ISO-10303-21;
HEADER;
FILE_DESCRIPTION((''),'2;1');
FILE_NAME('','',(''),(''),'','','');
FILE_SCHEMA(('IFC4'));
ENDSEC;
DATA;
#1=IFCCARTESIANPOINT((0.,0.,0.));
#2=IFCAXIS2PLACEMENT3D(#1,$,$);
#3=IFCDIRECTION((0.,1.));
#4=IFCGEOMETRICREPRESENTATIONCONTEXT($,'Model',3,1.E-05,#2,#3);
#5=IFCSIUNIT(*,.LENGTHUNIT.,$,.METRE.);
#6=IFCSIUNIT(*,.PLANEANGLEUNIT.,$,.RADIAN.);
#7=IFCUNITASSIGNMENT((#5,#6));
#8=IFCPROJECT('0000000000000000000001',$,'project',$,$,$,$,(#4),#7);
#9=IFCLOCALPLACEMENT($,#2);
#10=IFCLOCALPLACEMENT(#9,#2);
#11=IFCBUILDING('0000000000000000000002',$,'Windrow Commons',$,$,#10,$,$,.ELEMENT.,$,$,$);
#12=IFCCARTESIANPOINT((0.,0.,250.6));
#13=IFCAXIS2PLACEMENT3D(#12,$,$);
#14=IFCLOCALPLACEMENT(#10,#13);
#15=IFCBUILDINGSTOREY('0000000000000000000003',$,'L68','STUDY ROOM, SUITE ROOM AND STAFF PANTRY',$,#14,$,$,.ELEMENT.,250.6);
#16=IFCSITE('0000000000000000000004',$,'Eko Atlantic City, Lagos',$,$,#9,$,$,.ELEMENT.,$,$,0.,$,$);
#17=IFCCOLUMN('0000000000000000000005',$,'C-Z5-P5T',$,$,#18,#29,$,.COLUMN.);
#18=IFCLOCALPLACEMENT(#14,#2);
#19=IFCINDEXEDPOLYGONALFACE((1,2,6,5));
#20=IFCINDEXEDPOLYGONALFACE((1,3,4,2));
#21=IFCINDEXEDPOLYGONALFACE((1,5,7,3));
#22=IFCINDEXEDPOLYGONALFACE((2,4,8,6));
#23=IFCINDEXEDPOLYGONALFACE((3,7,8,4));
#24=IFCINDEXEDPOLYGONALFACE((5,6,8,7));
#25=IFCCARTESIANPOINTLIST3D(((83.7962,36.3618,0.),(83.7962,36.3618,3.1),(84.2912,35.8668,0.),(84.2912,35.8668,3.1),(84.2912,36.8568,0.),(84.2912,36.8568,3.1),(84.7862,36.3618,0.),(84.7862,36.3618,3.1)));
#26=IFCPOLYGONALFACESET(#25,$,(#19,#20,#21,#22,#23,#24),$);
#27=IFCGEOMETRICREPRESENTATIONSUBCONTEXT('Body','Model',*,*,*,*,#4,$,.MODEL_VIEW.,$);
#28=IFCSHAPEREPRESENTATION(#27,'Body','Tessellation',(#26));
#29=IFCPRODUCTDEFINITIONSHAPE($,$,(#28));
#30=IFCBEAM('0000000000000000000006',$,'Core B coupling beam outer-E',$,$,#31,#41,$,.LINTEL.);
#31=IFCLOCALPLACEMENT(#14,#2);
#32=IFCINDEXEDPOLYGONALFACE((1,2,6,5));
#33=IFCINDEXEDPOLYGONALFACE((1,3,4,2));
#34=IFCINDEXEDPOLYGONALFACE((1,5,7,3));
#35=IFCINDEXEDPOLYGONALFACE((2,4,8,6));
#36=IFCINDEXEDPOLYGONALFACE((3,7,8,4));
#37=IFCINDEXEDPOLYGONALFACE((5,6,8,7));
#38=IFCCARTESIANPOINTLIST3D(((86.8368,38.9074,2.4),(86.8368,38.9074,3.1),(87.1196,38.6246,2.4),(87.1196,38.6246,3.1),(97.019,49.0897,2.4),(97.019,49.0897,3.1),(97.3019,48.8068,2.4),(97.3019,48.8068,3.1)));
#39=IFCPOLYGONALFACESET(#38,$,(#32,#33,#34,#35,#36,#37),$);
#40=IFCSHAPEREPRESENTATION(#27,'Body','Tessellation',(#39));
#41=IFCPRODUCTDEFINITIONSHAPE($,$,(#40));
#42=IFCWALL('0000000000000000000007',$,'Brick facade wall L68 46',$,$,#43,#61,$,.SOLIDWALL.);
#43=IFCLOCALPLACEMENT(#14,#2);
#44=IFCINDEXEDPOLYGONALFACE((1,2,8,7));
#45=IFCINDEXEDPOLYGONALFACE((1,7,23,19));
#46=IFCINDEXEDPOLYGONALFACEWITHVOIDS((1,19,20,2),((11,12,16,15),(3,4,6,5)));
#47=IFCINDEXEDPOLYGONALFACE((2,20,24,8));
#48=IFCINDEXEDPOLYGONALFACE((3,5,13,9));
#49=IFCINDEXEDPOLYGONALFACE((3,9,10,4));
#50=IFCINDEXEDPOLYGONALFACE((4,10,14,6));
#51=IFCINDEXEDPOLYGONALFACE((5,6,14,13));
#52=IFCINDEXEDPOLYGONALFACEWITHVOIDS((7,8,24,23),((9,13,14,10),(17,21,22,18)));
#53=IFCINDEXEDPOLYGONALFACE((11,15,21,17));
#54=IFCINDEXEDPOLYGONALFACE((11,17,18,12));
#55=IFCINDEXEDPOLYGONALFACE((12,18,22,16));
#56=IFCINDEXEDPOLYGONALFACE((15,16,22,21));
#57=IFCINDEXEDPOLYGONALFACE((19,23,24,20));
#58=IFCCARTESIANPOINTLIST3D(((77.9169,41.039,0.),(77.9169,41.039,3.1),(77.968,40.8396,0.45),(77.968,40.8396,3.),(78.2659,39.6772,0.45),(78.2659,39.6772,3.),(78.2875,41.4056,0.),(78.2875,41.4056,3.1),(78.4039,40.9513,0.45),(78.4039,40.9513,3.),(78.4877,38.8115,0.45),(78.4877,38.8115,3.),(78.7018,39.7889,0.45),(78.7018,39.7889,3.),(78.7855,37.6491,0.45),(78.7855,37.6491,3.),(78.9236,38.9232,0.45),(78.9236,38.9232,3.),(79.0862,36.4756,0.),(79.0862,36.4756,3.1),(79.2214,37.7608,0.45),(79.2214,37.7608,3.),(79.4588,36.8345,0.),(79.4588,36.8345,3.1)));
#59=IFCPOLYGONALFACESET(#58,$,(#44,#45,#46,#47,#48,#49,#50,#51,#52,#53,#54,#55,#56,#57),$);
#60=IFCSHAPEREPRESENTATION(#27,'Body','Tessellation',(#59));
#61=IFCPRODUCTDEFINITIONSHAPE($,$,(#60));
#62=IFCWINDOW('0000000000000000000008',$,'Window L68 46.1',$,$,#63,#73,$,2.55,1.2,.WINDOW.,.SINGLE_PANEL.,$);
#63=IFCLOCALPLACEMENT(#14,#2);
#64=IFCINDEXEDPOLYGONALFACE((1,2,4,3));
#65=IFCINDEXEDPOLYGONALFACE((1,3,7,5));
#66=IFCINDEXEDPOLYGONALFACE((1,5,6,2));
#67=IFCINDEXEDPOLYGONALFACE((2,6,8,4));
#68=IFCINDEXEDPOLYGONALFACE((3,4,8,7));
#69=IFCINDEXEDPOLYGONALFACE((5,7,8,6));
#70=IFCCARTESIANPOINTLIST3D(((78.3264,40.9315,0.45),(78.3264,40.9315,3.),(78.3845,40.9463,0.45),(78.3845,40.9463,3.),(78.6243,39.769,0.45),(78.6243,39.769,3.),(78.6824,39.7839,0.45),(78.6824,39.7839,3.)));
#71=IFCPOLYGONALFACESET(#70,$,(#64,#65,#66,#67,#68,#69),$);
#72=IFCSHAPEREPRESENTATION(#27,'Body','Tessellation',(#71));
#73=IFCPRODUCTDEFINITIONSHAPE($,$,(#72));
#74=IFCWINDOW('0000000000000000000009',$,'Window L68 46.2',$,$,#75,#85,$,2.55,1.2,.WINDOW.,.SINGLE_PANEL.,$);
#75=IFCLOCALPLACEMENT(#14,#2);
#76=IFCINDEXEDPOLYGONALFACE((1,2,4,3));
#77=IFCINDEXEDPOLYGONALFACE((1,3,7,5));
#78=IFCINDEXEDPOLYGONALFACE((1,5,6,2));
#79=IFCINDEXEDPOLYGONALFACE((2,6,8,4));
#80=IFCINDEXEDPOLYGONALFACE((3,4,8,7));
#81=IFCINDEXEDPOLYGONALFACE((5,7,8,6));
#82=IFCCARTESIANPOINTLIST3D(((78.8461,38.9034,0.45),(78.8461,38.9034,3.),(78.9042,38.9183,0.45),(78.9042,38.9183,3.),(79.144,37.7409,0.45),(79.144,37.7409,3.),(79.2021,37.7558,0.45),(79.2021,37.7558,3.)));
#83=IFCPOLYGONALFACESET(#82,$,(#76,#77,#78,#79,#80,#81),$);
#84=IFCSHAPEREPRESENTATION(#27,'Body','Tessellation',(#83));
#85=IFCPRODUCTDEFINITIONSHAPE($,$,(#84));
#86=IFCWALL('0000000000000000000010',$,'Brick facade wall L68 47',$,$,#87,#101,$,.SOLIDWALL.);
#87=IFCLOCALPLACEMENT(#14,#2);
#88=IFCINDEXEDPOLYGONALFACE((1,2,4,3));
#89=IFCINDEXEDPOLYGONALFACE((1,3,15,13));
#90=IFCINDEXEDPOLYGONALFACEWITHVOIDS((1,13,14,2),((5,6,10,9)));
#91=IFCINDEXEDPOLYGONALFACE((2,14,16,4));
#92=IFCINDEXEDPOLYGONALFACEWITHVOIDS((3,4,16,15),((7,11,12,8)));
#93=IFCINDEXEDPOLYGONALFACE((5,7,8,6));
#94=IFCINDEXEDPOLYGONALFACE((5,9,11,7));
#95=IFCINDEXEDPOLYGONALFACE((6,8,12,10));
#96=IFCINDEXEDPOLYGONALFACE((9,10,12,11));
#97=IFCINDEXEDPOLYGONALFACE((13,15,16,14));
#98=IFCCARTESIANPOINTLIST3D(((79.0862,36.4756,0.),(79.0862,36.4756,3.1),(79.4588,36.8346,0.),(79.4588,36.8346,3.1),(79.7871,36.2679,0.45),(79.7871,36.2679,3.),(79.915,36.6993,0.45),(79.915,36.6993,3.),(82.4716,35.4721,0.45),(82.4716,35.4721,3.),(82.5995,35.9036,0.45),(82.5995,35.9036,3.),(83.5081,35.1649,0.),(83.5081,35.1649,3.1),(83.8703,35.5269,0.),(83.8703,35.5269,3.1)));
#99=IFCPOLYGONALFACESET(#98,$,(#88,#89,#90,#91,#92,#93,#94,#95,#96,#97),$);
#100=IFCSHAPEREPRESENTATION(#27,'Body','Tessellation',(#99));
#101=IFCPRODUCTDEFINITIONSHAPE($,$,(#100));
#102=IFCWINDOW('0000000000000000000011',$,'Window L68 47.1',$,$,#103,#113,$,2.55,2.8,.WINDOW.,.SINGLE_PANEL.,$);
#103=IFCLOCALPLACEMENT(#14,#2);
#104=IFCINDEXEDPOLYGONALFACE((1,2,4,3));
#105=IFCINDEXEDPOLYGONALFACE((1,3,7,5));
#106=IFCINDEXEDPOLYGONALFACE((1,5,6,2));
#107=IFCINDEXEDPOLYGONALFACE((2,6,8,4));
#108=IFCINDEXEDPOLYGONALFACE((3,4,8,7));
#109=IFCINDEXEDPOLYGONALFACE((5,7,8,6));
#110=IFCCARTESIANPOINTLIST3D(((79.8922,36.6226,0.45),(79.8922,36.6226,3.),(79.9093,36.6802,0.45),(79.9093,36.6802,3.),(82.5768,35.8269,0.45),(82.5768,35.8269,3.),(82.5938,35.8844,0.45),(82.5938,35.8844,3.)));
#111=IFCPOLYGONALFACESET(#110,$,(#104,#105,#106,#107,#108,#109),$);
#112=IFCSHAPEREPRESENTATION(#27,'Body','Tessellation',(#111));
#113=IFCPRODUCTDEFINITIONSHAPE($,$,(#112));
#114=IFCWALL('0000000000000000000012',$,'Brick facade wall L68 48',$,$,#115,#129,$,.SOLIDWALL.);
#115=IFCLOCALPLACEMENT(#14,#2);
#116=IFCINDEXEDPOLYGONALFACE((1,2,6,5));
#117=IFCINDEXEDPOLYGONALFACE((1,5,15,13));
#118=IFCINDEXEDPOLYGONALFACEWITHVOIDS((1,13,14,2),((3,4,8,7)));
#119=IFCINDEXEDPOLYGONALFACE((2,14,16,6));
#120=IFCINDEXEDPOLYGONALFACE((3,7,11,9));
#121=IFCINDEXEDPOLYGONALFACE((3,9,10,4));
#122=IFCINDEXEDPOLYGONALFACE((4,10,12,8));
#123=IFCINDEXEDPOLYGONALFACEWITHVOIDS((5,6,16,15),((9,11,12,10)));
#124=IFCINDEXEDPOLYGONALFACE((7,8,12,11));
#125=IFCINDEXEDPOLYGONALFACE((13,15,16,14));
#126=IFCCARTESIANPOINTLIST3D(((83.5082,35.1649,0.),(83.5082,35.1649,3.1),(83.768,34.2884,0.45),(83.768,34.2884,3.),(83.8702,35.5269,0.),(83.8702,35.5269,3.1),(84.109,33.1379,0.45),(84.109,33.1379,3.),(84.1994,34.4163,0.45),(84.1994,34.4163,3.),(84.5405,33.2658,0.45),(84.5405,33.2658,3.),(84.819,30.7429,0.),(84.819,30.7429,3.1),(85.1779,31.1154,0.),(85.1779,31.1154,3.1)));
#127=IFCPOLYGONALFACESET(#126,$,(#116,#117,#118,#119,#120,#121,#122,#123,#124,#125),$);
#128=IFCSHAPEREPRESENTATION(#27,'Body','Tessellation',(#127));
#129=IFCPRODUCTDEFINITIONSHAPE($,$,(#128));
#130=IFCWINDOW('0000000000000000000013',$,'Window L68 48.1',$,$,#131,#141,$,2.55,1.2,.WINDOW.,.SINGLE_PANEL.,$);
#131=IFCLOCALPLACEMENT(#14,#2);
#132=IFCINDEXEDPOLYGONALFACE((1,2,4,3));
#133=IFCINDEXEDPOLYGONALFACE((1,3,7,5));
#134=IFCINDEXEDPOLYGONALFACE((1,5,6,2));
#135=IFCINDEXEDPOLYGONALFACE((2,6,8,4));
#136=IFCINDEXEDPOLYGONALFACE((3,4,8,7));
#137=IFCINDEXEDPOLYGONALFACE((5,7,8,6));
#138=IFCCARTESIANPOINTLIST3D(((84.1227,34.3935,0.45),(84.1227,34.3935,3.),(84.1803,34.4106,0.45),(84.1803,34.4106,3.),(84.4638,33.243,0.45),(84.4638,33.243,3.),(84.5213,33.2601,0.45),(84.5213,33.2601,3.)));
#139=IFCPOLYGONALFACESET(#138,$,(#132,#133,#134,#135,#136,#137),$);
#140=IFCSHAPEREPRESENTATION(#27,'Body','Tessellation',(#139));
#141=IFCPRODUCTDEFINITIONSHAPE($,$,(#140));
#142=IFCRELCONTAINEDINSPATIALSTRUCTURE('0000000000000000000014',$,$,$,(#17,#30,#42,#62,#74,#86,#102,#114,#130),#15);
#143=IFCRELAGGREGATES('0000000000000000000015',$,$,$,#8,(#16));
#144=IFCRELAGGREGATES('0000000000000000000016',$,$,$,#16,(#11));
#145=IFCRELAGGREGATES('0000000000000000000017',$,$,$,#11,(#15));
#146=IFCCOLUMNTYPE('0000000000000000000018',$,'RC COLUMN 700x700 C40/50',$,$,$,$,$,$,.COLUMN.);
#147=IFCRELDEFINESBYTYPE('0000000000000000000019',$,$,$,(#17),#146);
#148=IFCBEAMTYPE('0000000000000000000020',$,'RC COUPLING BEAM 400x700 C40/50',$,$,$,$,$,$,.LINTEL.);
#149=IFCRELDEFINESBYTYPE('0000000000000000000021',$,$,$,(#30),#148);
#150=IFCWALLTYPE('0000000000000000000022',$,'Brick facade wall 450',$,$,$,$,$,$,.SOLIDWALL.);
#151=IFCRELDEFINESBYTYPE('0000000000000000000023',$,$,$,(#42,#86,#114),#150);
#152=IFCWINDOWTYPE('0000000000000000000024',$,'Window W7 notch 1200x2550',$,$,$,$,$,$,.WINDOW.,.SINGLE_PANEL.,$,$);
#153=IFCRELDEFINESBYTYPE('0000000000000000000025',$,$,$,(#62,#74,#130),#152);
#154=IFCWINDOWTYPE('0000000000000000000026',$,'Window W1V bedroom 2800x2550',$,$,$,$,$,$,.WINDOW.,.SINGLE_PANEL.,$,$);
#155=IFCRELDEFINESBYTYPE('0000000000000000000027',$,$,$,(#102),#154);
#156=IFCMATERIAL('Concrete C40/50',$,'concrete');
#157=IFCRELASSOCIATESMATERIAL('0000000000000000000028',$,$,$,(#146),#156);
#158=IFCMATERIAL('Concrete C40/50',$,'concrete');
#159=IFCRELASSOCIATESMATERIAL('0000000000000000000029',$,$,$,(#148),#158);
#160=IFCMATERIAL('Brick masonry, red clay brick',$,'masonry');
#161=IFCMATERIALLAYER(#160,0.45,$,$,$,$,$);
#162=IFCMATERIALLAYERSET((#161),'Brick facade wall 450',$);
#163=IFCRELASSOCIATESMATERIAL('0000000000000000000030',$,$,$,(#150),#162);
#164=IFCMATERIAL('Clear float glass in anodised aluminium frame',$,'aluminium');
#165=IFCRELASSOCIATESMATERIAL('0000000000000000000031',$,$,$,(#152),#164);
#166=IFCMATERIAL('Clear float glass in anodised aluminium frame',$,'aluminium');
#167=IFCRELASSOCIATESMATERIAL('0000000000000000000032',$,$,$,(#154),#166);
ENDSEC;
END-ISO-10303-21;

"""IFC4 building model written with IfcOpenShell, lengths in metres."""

from ifc_helpers import new_model, si_unit, direction, frame, frame_2d, origin, origin_2d, place, context, subcontext, project, spatial, polyline, rectangle, outline, extrude, material, layer, layer_set, material_profile, profile_set, type_object, element, fill, save


model = new_model("IFC4")

# Units and contexts
model_context = context("Model", 3, precision=1e-05, world=origin(), true_north=direction((0.0, 1.0)))
body_context = subcontext(model_context, "Body", "Model", "MODEL_VIEW")
ifc_project = project(units=[si_unit("LENGTHUNIT", "METRE"), si_unit("PLANEANGLEUNIT", "RADIAN")], contexts=[model_context])

# Site, building, storey
site_placement = place(None, origin())
site = spatial("IfcSite", under=ifc_project, at=site_placement, Name="Eko Atlantic City, Lagos", CompositionType="ELEMENT", RefElevation=0.0)
building_placement = place(site_placement, origin())
building = spatial("IfcBuilding", under=site, at=building_placement, Name="Windrow Commons", CompositionType="ELEMENT")
storey_placement = place(building_placement, frame((0.0, 0.0, 250.6)))
storey = spatial("IfcBuildingStorey", under=building, at=storey_placement, Name="L68", Description="STUDY ROOM, SUITE ROOM AND STAFF PANTRY", CompositionType="ELEMENT", Elevation=250.6)

# Column
ifc_material_1 = material(Name="Concrete C40/50", Category="concrete")
ifc_material_profile_1 = material_profile(ifc_material_1, rectangle(XDim=0.7, YDim=0.7, at=origin_2d()))
ifc_profile_set_1 = profile_set([ifc_material_profile_1], Name="Concrete C40/50")
column_type = type_object("IfcColumnType", Name="RC COLUMN 700x700 C40/50", PredefinedType="COLUMN", material=ifc_profile_set_1)
column_placement = place(storey_placement, frame((84.2912, 36.3618, 0.0), z_axis=(0.0, 0.0, 1.0), x_axis=(0.707107, -0.707107, 0.0)))
element("IfcColumn", 1, at=column_placement, inside=storey, type_object=column_type, Name="C-Z5-P5T", PredefinedType="COLUMN", context=body_context, shape_type="SweptSolid", body=[
    extrude(rectangle(XDim=0.7, YDim=0.7, at=origin_2d()), origin(), (0.0, 0.0, 1.0), 3.1),
])

# Beam
ifc_material_2 = material(Name="Concrete C40/50", Category="concrete")
ifc_material_profile_2 = material_profile(ifc_material_2, rectangle(XDim=0.4, YDim=0.7, at=origin_2d()))
ifc_profile_set_2 = profile_set([ifc_material_profile_2], Name="Concrete C40/50")
beam_type = type_object("IfcBeamType", Name="RC COUPLING BEAM 400x700 C40/50", PredefinedType="LINTEL", material=ifc_profile_set_2)
beam_placement = place(storey_placement, frame((86.9782, 38.766, 2.75), z_axis=(0.707107, 0.707107, 0.0), x_axis=(-0.707107, 0.707107, 0.0)))
element("IfcBeam", 2, at=beam_placement, inside=storey, type_object=beam_type, Name="Core B coupling beam outer-E", PredefinedType="LINTEL", context=body_context, shape_type="SweptSolid", body=[
    extrude(rectangle(XDim=0.4, YDim=0.7, at=origin_2d()), origin(), (0.0, 0.0, 1.0), 14.3999),
])

# Wall, openings, windows
ifc_material_3 = material(Name="Brick masonry, red clay brick", Category="masonry")
ifc_layer_1 = layer(ifc_material_3, 0.45)
ifc_layer_set_1 = layer_set([ifc_layer_1], Name="Brick facade wall 450")
wall_type_1 = type_object("IfcWallType", Name="Brick facade wall 450", PredefinedType="SOLIDWALL", material=ifc_layer_set_1)
wall_1_placement = place(storey_placement, frame((78.1022, 41.2223, 0.0), z_axis=(0.0, 0.0, 1.0), x_axis=(0.248221, -0.968703, 0.0)))
wall_1 = element("IfcWall", 3, at=wall_1_placement, inside=storey, type_object=wall_type_1, Name="Brick facade wall L68 46", PredefinedType="SOLIDWALL", context=body_context, shape_type="SweptSolid", body=[
    extrude(outline(polyline([(0.1316, -0.225), (4.8424, -0.225), (4.5872, 0.225), (-0.1316, 0.225), (0.1316, -0.225)])), origin(), (0.0, 0.0, 1.0), 3.1),
])
opening_1_placement = place(wall_1_placement, frame((0.3374, 0.0, 0.45)))
opening_1 = element("IfcOpeningElement", 4, at=opening_1_placement, cuts=wall_1, PredefinedType="OPENING", context=body_context, shape_type="SweptSolid", body=[
    extrude(rectangle(XDim=1.2, YDim=2.55, at=frame_2d((0.6, 1.275))), frame((0.0, 0.235, 0.0), z_axis=(0.0, -1.0, 0.0), x_axis=(1.0, 0.0, 0.0)), (0.0, 0.0, 1.0), 0.47),
])
opening_2_placement = place(wall_1_placement, frame((2.431, 0.0, 0.45)))
opening_2 = element("IfcOpeningElement", 5, at=opening_2_placement, cuts=wall_1, PredefinedType="OPENING", context=body_context, shape_type="SweptSolid", body=[
    extrude(rectangle(XDim=1.2, YDim=2.55, at=frame_2d((0.6, 1.275))), frame((0.0, 0.235, 0.0), z_axis=(0.0, -1.0, 0.0), x_axis=(1.0, 0.0, 0.0)), (0.0, 0.0, 1.0), 0.47),
])
ifc_material_4 = material(Name="Clear float glass in anodised aluminium frame", Category="aluminium")
window_type_1 = type_object("IfcWindowType", Name="Window W7 notch 1200x2550", PartitioningType="SINGLE_PANEL", PredefinedType="WINDOW", material=ifc_material_4)
window_1_placement = place(opening_1_placement, origin())
window_1 = element("IfcWindow", 6, at=window_1_placement, inside=storey, type_object=window_type_1, Name="Window L68 46.1", OverallHeight=2.55, OverallWidth=1.2, PartitioningType="SINGLE_PANEL", PredefinedType="WINDOW", context=body_context, shape_type="SweptSolid", body=[
    extrude(rectangle(XDim=1.2, YDim=2.55, at=frame_2d((0.6, 1.275))), frame((0.0, 0.205, 0.0), z_axis=(0.0, -1.0, 0.0), x_axis=(1.0, 0.0, 0.0)), (0.0, 0.0, 1.0), 0.06),
])
fill(opening_1, window_1)
window_2_placement = place(opening_2_placement, origin())
window_2 = element("IfcWindow", 7, at=window_2_placement, inside=storey, type_object=window_type_1, Name="Window L68 46.2", OverallHeight=2.55, OverallWidth=1.2, PartitioningType="SINGLE_PANEL", PredefinedType="WINDOW", context=body_context, shape_type="SweptSolid", body=[
    extrude(rectangle(XDim=1.2, YDim=2.55, at=frame_2d((0.6, 1.275))), frame((0.0, 0.205, 0.0), z_axis=(0.0, -1.0, 0.0), x_axis=(1.0, 0.0, 0.0)), (0.0, 0.0, 1.0), 0.06),
])
fill(opening_2, window_2)

# Walls, openings, windows
wall_2_placement = place(storey_placement, frame((79.2725, 36.6551, 0.0), z_axis=(0.0, 0.0, 1.0), x_axis=(0.958766, -0.284198, 0.0)))
wall_2 = element("IfcWall", 8, at=wall_2_placement, inside=storey, type_object=wall_type_1, Name="Brick facade wall L68 47", PredefinedType="SOLIDWALL", context=body_context, shape_type="SweptSolid", body=[
    extrude(outline(polyline([(-0.1276, -0.225), (4.4845, -0.225), (4.7288, 0.225), (0.1276, 0.225), (-0.1276, -0.225)])), origin(), (0.0, 0.0, 1.0), 3.1),
])
opening_3_placement = place(wall_2_placement, frame((0.6034, 0.0, 0.45)))
opening_3 = element("IfcOpeningElement", 9, at=opening_3_placement, cuts=wall_2, PredefinedType="OPENING", context=body_context, shape_type="SweptSolid", body=[
    extrude(rectangle(XDim=2.8, YDim=2.55, at=frame_2d((1.4, 1.275))), frame((0.0, 0.235, 0.0), z_axis=(0.0, -1.0, 0.0), x_axis=(1.0, 0.0, 0.0)), (0.0, 0.0, 1.0), 0.47),
])
ifc_material_5 = material(Name="Clear float glass in anodised aluminium frame", Category="aluminium")
window_type_2 = type_object("IfcWindowType", Name="Window W1V bedroom 2800x2550", PartitioningType="SINGLE_PANEL", PredefinedType="WINDOW", material=ifc_material_5)
window_3_placement = place(opening_3_placement, origin())
window_3 = element("IfcWindow", 10, at=window_3_placement, inside=storey, type_object=window_type_2, Name="Window L68 47.1", OverallHeight=2.55, OverallWidth=2.8, PartitioningType="SINGLE_PANEL", PredefinedType="WINDOW", context=body_context, shape_type="SweptSolid", body=[
    extrude(rectangle(XDim=2.8, YDim=2.55, at=frame_2d((1.4, 1.275))), frame((0.0, 0.205, 0.0), z_axis=(0.0, -1.0, 0.0), x_axis=(1.0, 0.0, 0.0)), (0.0, 0.0, 1.0), 0.06),
])
fill(opening_3, window_3)
wall_3_placement = place(storey_placement, frame((83.6892, 35.3459, 0.0), z_axis=(0.0, 0.0, 1.0), x_axis=(0.284198, -0.958766, 0.0)))
wall_3 = element("IfcWall", 11, at=wall_3_placement, inside=storey, type_object=wall_type_1, Name="Brick facade wall L68 48", PredefinedType="SOLIDWALL", context=body_context, shape_type="SweptSolid", body=[
    extrude(outline(polyline([(0.1221, -0.225), (4.7343, -0.225), (4.4791, 0.225), (-0.1221, 0.225), (0.1221, -0.225)])), origin(), (0.0, 0.0, 1.0), 3.1),
])
opening_4_placement = place(wall_3_placement, frame((1.0363, 0.0, 0.45)))
opening_4 = element("IfcOpeningElement", 12, at=opening_4_placement, cuts=wall_3, PredefinedType="OPENING", context=body_context, shape_type="SweptSolid", body=[
    extrude(rectangle(XDim=1.2, YDim=2.55, at=frame_2d((0.6, 1.275))), frame((0.0, 0.235, 0.0), z_axis=(0.0, -1.0, 0.0), x_axis=(1.0, 0.0, 0.0)), (0.0, 0.0, 1.0), 0.47),
])
window_4_placement = place(opening_4_placement, origin())
window_4 = element("IfcWindow", 13, at=window_4_placement, inside=storey, type_object=window_type_1, Name="Window L68 48.1", OverallHeight=2.55, OverallWidth=1.2, PartitioningType="SINGLE_PANEL", PredefinedType="WINDOW", context=body_context, shape_type="SweptSolid", body=[
    extrude(rectangle(XDim=1.2, YDim=2.55, at=frame_2d((0.6, 1.275))), frame((0.0, 0.205, 0.0), z_axis=(0.0, -1.0, 0.0), x_axis=(1.0, 0.0, 0.0)), (0.0, 0.0, 1.0), 0.06),
])
fill(opening_4, window_4)

save(model, "model.ifc")
